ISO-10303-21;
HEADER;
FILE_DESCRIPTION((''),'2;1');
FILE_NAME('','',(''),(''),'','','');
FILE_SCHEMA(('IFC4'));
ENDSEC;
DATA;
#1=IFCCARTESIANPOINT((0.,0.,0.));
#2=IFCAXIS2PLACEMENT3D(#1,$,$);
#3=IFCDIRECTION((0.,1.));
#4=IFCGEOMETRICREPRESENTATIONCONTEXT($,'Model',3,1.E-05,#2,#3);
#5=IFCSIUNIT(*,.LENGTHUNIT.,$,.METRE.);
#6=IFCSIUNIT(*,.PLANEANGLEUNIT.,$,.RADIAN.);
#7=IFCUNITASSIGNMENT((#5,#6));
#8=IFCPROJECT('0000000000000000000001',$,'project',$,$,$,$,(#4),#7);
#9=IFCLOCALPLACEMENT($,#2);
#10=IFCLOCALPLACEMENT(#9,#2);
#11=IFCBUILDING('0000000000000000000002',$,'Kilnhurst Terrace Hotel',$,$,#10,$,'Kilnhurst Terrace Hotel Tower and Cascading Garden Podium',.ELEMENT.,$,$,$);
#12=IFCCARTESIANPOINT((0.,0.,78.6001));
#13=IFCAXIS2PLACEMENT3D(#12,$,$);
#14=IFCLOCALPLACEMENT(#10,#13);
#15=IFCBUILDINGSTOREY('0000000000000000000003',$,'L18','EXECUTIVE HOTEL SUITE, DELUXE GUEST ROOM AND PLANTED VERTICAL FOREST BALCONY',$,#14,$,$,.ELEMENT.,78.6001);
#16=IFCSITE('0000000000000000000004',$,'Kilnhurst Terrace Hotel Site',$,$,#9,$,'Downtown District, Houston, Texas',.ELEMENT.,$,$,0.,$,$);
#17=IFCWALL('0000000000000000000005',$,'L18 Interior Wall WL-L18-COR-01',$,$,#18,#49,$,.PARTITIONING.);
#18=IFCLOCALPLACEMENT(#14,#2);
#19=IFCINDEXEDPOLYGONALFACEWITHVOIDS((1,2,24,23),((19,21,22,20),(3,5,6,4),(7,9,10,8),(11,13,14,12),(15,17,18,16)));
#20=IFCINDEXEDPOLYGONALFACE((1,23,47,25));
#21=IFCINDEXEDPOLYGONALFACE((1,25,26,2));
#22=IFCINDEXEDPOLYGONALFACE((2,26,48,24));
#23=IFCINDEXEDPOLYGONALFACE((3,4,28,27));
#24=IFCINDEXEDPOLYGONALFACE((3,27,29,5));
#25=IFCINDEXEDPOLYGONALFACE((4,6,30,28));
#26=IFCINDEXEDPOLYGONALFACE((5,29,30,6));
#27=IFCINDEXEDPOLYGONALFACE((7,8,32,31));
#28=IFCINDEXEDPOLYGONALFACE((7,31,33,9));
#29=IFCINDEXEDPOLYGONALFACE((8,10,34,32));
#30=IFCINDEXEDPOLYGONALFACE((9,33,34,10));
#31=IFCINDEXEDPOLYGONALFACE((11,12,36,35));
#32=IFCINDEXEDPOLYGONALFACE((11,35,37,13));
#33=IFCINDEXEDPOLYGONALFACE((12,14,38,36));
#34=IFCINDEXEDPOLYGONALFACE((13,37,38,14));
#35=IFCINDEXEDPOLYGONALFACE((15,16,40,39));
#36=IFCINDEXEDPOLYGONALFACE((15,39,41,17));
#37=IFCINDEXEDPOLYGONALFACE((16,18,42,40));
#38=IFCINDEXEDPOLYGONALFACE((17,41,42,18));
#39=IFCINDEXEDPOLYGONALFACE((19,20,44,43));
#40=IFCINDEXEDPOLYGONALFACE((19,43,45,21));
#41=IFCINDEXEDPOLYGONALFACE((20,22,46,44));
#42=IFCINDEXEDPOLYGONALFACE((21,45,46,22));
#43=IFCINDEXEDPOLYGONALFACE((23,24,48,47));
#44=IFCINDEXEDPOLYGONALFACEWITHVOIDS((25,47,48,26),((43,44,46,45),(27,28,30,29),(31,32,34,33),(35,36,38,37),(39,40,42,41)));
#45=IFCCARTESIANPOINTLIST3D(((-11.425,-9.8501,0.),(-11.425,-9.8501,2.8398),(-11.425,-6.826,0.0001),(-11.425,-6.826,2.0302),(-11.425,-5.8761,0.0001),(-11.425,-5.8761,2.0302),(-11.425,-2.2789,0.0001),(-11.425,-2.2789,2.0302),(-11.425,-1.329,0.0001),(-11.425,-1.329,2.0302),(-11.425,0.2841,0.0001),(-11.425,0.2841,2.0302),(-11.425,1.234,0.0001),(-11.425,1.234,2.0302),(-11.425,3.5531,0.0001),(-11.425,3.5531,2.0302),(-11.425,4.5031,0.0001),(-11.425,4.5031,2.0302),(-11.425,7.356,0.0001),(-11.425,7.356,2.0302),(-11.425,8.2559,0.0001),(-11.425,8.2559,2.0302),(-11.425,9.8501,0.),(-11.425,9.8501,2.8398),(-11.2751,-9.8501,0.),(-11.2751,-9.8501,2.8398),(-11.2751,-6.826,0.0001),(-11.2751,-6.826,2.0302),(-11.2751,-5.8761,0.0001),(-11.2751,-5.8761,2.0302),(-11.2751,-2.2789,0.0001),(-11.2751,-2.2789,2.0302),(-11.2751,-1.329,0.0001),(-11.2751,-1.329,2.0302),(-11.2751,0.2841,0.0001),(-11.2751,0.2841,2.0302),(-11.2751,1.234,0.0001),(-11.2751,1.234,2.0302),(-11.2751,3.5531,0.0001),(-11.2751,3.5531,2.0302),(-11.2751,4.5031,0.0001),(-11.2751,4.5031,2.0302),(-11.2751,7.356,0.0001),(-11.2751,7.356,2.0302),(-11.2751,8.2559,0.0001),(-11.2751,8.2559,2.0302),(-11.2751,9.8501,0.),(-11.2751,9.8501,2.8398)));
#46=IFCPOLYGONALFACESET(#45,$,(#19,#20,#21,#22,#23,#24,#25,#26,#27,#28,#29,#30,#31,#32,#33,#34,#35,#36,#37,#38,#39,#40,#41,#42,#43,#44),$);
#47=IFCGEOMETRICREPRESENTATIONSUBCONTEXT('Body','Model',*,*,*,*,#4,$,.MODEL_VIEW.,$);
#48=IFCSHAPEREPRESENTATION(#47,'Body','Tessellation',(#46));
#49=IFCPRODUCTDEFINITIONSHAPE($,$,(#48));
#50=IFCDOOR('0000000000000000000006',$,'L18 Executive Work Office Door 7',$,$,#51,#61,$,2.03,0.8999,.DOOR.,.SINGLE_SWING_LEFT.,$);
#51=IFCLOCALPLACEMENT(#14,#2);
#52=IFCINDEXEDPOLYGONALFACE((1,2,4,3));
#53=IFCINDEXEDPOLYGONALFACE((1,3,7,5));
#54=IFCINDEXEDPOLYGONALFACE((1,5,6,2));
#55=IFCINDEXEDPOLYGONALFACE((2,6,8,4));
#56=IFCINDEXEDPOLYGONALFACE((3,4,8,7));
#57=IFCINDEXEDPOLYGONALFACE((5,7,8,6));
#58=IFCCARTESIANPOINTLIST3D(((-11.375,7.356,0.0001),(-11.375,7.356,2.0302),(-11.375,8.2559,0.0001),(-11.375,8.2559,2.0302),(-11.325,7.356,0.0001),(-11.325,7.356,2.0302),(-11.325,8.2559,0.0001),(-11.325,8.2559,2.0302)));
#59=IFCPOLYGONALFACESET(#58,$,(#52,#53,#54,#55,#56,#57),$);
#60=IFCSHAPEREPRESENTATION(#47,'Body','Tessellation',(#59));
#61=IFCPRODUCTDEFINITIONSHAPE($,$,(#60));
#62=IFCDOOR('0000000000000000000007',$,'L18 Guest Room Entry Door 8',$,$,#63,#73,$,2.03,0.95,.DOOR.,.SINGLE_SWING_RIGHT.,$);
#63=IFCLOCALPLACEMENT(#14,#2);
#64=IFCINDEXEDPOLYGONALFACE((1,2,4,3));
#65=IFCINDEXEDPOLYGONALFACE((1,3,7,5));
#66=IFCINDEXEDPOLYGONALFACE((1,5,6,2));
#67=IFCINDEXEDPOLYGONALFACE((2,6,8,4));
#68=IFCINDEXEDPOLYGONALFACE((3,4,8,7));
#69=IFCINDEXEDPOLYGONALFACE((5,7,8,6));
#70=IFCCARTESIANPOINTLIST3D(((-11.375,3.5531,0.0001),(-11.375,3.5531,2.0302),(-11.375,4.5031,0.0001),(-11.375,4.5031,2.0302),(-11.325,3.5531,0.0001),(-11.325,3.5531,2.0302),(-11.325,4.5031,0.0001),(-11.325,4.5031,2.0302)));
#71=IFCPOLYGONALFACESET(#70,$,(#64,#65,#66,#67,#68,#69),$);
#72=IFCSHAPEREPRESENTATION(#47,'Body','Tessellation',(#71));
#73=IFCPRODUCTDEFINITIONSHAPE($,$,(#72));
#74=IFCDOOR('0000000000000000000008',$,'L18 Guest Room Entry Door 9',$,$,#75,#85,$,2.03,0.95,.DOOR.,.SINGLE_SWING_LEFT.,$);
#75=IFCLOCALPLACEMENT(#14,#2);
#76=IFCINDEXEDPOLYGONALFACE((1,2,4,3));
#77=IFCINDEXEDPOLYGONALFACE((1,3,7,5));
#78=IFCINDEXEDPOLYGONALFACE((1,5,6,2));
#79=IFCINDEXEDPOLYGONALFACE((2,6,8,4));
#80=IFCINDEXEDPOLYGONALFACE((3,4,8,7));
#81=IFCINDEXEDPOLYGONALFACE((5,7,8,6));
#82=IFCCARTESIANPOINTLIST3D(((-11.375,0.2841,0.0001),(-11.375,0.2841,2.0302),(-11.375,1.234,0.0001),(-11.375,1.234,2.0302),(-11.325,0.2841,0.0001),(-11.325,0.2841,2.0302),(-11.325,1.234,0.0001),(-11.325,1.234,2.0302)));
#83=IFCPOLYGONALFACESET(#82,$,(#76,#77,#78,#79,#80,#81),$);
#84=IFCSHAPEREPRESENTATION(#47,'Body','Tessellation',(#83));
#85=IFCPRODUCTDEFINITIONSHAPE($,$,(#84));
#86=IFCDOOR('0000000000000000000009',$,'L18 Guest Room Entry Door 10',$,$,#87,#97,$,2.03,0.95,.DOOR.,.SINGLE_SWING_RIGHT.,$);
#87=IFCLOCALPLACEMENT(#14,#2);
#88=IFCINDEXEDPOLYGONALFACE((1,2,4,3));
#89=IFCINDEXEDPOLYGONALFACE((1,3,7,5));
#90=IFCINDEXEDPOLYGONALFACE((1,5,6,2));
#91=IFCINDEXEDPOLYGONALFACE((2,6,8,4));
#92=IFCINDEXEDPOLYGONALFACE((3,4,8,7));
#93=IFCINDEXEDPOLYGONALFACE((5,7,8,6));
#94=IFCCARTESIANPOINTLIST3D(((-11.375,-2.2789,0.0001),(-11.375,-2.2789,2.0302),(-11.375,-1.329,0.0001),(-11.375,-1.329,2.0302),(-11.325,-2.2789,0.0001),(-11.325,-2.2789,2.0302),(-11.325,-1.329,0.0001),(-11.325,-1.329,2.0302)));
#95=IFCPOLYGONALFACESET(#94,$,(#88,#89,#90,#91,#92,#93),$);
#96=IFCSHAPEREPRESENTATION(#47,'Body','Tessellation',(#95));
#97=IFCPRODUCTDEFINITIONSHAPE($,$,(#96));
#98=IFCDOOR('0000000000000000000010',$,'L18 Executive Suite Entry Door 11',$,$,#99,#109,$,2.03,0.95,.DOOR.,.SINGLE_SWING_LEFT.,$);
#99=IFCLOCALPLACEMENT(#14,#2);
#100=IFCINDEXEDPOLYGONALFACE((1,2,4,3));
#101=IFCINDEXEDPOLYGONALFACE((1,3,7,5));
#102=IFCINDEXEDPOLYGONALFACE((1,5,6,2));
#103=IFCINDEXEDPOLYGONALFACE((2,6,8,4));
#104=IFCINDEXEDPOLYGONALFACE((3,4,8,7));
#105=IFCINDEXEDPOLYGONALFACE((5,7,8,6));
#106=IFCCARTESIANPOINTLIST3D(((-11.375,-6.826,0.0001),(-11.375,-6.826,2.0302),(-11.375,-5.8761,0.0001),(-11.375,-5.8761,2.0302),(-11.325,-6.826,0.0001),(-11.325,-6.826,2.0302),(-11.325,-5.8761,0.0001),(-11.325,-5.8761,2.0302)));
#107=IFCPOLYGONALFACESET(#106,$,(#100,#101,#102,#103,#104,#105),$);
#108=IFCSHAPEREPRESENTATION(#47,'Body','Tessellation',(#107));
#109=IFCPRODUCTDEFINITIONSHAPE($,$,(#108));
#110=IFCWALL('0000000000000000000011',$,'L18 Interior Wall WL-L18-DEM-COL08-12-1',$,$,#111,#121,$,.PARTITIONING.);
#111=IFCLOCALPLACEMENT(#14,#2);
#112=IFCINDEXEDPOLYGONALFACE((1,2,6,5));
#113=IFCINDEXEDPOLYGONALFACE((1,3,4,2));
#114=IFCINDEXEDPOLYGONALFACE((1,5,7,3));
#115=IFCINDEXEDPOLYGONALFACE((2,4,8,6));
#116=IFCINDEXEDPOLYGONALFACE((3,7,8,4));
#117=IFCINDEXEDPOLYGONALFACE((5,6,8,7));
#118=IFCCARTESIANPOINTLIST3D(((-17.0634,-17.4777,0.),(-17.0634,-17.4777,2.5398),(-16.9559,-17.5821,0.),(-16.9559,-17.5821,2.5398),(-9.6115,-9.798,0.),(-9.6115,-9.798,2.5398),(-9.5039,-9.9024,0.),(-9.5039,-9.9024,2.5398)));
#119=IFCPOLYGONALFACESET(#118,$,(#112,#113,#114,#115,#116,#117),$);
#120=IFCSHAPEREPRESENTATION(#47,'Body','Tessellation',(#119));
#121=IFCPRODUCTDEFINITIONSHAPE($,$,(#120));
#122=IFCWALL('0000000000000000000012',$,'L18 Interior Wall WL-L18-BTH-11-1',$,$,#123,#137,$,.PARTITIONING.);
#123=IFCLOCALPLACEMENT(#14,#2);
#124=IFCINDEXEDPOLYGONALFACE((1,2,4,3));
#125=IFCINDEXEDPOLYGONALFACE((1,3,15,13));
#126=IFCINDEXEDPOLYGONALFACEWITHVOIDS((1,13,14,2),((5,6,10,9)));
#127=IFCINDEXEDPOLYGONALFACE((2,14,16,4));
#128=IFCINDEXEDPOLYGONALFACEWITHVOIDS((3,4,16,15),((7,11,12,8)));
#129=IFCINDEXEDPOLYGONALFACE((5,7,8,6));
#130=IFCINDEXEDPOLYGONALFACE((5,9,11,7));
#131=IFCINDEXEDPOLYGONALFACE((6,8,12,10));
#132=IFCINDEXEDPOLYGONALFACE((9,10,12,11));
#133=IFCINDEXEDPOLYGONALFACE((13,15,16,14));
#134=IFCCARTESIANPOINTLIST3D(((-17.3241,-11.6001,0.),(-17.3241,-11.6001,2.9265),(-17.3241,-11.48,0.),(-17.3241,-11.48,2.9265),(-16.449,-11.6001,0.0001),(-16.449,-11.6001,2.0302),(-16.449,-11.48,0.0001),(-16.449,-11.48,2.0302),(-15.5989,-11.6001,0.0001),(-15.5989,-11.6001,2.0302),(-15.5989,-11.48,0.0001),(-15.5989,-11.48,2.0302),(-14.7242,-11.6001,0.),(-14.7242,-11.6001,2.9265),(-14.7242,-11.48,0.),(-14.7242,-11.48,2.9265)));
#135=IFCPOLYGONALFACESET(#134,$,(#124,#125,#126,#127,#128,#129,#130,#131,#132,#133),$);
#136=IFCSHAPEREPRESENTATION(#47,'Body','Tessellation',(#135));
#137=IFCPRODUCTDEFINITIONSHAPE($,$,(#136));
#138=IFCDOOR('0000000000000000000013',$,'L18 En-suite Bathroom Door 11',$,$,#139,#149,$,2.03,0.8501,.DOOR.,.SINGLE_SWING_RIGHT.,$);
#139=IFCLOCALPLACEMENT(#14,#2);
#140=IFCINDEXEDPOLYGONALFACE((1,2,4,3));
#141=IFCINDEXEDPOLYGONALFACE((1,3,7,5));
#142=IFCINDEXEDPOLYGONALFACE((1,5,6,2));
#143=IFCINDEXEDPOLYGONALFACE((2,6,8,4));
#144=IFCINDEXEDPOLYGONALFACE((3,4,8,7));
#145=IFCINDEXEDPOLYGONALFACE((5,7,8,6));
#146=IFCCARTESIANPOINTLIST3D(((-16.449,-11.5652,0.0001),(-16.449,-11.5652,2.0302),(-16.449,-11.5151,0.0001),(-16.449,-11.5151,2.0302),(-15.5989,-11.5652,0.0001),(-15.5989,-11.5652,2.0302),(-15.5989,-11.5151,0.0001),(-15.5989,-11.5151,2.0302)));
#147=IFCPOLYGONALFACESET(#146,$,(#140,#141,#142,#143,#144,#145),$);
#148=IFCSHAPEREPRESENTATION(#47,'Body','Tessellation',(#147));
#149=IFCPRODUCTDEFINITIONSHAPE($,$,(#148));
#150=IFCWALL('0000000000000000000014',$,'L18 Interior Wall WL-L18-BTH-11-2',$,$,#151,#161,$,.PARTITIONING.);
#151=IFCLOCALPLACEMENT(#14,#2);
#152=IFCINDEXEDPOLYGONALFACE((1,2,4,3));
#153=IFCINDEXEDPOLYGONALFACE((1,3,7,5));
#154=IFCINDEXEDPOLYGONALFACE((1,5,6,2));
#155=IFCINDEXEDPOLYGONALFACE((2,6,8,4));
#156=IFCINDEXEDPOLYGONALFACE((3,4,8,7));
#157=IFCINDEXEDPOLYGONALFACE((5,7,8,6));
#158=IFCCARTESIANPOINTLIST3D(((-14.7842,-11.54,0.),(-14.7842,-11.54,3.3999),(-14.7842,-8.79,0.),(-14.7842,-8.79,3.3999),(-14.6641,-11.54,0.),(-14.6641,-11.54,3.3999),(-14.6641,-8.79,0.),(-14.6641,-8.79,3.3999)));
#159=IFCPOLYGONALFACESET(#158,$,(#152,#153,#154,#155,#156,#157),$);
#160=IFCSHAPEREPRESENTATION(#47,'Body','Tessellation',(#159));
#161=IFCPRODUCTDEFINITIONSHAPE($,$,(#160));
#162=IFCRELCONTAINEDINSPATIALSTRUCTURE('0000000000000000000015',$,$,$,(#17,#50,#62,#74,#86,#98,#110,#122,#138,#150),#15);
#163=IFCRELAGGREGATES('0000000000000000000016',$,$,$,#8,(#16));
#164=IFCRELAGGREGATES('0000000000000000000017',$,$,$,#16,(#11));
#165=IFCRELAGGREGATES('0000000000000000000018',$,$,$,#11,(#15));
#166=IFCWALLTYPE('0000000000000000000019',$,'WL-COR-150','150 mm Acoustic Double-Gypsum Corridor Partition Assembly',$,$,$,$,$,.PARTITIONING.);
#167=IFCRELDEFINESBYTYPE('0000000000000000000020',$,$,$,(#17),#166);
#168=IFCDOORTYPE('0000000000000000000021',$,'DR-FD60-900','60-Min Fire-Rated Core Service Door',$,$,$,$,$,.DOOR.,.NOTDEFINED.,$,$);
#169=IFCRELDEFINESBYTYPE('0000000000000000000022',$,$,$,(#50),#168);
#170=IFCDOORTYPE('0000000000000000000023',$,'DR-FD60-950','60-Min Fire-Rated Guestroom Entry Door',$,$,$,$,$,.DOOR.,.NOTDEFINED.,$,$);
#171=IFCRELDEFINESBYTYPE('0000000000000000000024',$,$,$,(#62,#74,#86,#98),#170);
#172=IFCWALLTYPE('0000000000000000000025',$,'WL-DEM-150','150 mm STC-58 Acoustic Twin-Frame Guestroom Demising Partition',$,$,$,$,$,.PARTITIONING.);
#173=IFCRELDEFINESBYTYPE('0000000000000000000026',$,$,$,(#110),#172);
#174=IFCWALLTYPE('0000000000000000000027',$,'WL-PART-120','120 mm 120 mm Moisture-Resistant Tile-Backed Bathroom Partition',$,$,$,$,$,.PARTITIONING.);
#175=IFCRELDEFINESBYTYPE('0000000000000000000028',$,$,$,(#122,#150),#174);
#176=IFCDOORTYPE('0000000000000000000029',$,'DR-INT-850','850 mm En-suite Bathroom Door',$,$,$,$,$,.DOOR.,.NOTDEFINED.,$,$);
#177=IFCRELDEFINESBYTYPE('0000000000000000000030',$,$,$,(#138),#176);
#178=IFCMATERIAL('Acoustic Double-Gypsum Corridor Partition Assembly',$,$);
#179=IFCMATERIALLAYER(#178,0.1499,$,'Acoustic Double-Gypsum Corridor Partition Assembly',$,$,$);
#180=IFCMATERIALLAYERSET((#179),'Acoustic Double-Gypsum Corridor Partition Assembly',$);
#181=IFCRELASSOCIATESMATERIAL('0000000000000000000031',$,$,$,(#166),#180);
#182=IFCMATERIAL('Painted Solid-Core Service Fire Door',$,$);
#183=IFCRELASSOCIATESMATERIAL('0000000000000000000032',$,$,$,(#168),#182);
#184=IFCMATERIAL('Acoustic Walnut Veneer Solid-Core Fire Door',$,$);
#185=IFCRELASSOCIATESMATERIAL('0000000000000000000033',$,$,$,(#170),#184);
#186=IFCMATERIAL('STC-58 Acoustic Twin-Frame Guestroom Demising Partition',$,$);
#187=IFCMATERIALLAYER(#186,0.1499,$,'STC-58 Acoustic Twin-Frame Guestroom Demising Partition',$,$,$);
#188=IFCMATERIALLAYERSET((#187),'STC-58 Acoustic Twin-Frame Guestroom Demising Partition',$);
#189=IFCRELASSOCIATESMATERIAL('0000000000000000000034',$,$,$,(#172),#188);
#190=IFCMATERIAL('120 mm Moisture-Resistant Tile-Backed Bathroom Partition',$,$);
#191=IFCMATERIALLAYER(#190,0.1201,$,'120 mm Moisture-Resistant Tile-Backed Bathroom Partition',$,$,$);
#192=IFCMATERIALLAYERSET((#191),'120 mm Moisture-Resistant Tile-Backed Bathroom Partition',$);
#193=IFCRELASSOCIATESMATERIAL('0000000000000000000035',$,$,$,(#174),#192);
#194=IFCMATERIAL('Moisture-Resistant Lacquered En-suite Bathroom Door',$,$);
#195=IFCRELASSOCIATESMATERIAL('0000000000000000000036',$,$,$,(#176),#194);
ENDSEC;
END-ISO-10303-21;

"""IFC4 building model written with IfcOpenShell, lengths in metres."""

from ifc_helpers import new_model, si_unit, direction, frame, frame_2d, origin, place, context, subcontext, project, spatial, rectangle, extrude, material, layer, layer_set, type_object, element, fill, save


model = new_model("IFC4")

# Units and contexts
model_context = context("Model", 3, precision=1e-05, world=origin(), true_north=direction((0.0, 1.0)))
body_context = subcontext(model_context, "Body", "Model", "MODEL_VIEW")
ifc_project = project(units=[si_unit("LENGTHUNIT", "METRE"), si_unit("PLANEANGLEUNIT", "RADIAN")], contexts=[model_context])

# Site, building, storey
site_placement = place(None, origin())
site = spatial("IfcSite", under=ifc_project, at=site_placement, Name="Kilnhurst Terrace Hotel Site", LongName="Downtown District, Houston, Texas", CompositionType="ELEMENT", RefElevation=0.0)
building_placement = place(site_placement, origin())
building = spatial("IfcBuilding", under=site, at=building_placement, Name="Kilnhurst Terrace Hotel", LongName="Kilnhurst Terrace Hotel Tower and Cascading Garden Podium", CompositionType="ELEMENT")
storey_placement = place(building_placement, frame((0.0, 0.0, 78.6001)))
storey = spatial("IfcBuildingStorey", under=building, at=storey_placement, Name="L18", Description="EXECUTIVE HOTEL SUITE, DELUXE GUEST ROOM AND PLANTED VERTICAL FOREST BALCONY", CompositionType="ELEMENT", Elevation=78.6001)

# Wall, openings, doors
ifc_material_1 = material(Name="Acoustic Double-Gypsum Corridor Partition Assembly")
ifc_layer_1 = layer(ifc_material_1, 0.1499, Name="Acoustic Double-Gypsum Corridor Partition Assembly")
ifc_layer_set_1 = layer_set([ifc_layer_1], Name="Acoustic Double-Gypsum Corridor Partition Assembly")
wall_type_1 = type_object("IfcWallType", Name="WL-COR-150", Description="150 mm Acoustic Double-Gypsum Corridor Partition Assembly", PredefinedType="PARTITIONING", material=ifc_layer_set_1)
wall_1_placement = place(storey_placement, frame((-11.3501, -9.8501, 0.0), z_axis=(0.0, 0.0, 1.0), x_axis=(0.0, 1.0, 0.0)))
wall_1 = element("IfcWall", 1, at=wall_1_placement, inside=storey, type_object=wall_type_1, Name="L18 Interior Wall WL-L18-COR-01", PredefinedType="PARTITIONING", context=body_context, shape_type="SweptSolid", body=[
    extrude(rectangle(XDim=19.7002, YDim=0.1499, at=frame_2d((9.8501, 0.0))), origin(), (0.0, 0.0, 1.0), 2.8398),
])
opening_1_placement = place(wall_1_placement, frame((17.2061, 0.0, 0.0)))
opening_1 = element("IfcOpeningElement", 2, at=opening_1_placement, cuts=wall_1, PredefinedType="OPENING", context=body_context, shape_type="SweptSolid", body=[
    extrude(rectangle(XDim=0.8999, YDim=2.03, at=frame_2d((0.45, 1.0151))), frame((0.0, 0.085, 0.0), z_axis=(0.0, -1.0, 0.0), x_axis=(1.0, 0.0, 0.0)), (0.0, 0.0, 1.0), 0.1699),
])
opening_2_placement = place(wall_1_placement, frame((13.4031, 0.0, 0.0)))
opening_2 = element("IfcOpeningElement", 3, at=opening_2_placement, cuts=wall_1, PredefinedType="OPENING", context=body_context, shape_type="SweptSolid", body=[
    extrude(rectangle(XDim=0.95, YDim=2.03, at=frame_2d((0.4751, 1.0151))), frame((0.0, 0.085, 0.0), z_axis=(0.0, -1.0, 0.0), x_axis=(1.0, 0.0, 0.0)), (0.0, 0.0, 1.0), 0.1699),
])
opening_3_placement = place(wall_1_placement, frame((10.134, 0.0, 0.0)))
opening_3 = element("IfcOpeningElement", 4, at=opening_3_placement, cuts=wall_1, PredefinedType="OPENING", context=body_context, shape_type="SweptSolid", body=[
    extrude(rectangle(XDim=0.95, YDim=2.03, at=frame_2d((0.4751, 1.0151))), frame((0.0, 0.085, 0.0), z_axis=(0.0, -1.0, 0.0), x_axis=(1.0, 0.0, 0.0)), (0.0, 0.0, 1.0), 0.1699),
])
opening_4_placement = place(wall_1_placement, frame((7.571, 0.0, 0.0)))
opening_4 = element("IfcOpeningElement", 5, at=opening_4_placement, cuts=wall_1, PredefinedType="OPENING", context=body_context, shape_type="SweptSolid", body=[
    extrude(rectangle(XDim=0.95, YDim=2.03, at=frame_2d((0.4751, 1.0151))), frame((0.0, 0.085, 0.0), z_axis=(0.0, -1.0, 0.0), x_axis=(1.0, 0.0, 0.0)), (0.0, 0.0, 1.0), 0.1699),
])
opening_5_placement = place(wall_1_placement, frame((3.0239, 0.0, 0.0)))
opening_5 = element("IfcOpeningElement", 6, at=opening_5_placement, cuts=wall_1, PredefinedType="OPENING", context=body_context, shape_type="SweptSolid", body=[
    extrude(rectangle(XDim=0.95, YDim=2.03, at=frame_2d((0.4751, 1.0151))), frame((0.0, 0.085, 0.0), z_axis=(0.0, -1.0, 0.0), x_axis=(1.0, 0.0, 0.0)), (0.0, 0.0, 1.0), 0.1699),
])
ifc_material_2 = material(Name="Painted Solid-Core Service Fire Door")
door_type_1 = type_object("IfcDoorType", Name="DR-FD60-900", Description="60-Min Fire-Rated Core Service Door", OperationType="NOTDEFINED", PredefinedType="DOOR", material=ifc_material_2)
door_1_placement = place(opening_1_placement, origin())
door_1 = element("IfcDoor", 7, at=door_1_placement, inside=storey, type_object=door_type_1, Name="L18 Executive Work Office Door 7", OperationType="SINGLE_SWING_LEFT", OverallHeight=2.03, OverallWidth=0.8999, PredefinedType="DOOR", context=body_context, shape_type="SweptSolid", body=[
    extrude(rectangle(XDim=0.8999, YDim=2.03, at=frame_2d((0.45, 1.0151))), frame((0.0, 0.0249, 0.0), z_axis=(0.0, -1.0, 0.0), x_axis=(1.0, 0.0, 0.0)), (0.0, 0.0, 1.0), 0.05),
])
fill(opening_1, door_1)
ifc_material_3 = material(Name="Acoustic Walnut Veneer Solid-Core Fire Door")
door_type_2 = type_object("IfcDoorType", Name="DR-FD60-950", Description="60-Min Fire-Rated Guestroom Entry Door", OperationType="NOTDEFINED", PredefinedType="DOOR", material=ifc_material_3)
door_2_placement = place(opening_2_placement, origin())
door_2 = element("IfcDoor", 8, at=door_2_placement, inside=storey, type_object=door_type_2, Name="L18 Guest Room Entry Door 8", OperationType="SINGLE_SWING_RIGHT", OverallHeight=2.03, OverallWidth=0.95, PredefinedType="DOOR", context=body_context, shape_type="SweptSolid", body=[
    extrude(rectangle(XDim=0.95, YDim=2.03, at=frame_2d((0.4751, 1.0151))), frame((0.0, 0.0249, 0.0), z_axis=(0.0, -1.0, 0.0), x_axis=(1.0, 0.0, 0.0)), (0.0, 0.0, 1.0), 0.05),
])
fill(opening_2, door_2)
door_3_placement = place(opening_3_placement, origin())
door_3 = element("IfcDoor", 9, at=door_3_placement, inside=storey, type_object=door_type_2, Name="L18 Guest Room Entry Door 9", OperationType="SINGLE_SWING_LEFT", OverallHeight=2.03, OverallWidth=0.95, PredefinedType="DOOR", context=body_context, shape_type="SweptSolid", body=[
    extrude(rectangle(XDim=0.95, YDim=2.03, at=frame_2d((0.4751, 1.0151))), frame((0.0, 0.0249, 0.0), z_axis=(0.0, -1.0, 0.0), x_axis=(1.0, 0.0, 0.0)), (0.0, 0.0, 1.0), 0.05),
])
fill(opening_3, door_3)
door_4_placement = place(opening_4_placement, origin())
door_4 = element("IfcDoor", 10, at=door_4_placement, inside=storey, type_object=door_type_2, Name="L18 Guest Room Entry Door 10", OperationType="SINGLE_SWING_RIGHT", OverallHeight=2.03, OverallWidth=0.95, PredefinedType="DOOR", context=body_context, shape_type="SweptSolid", body=[
    extrude(rectangle(XDim=0.95, YDim=2.03, at=frame_2d((0.4751, 1.0151))), frame((0.0, 0.0249, 0.0), z_axis=(0.0, -1.0, 0.0), x_axis=(1.0, 0.0, 0.0)), (0.0, 0.0, 1.0), 0.05),
])
fill(opening_4, door_4)
door_5_placement = place(opening_5_placement, origin())
door_5 = element("IfcDoor", 11, at=door_5_placement, inside=storey, type_object=door_type_2, Name="L18 Executive Suite Entry Door 11", OperationType="SINGLE_SWING_LEFT", OverallHeight=2.03, OverallWidth=0.95, PredefinedType="DOOR", context=body_context, shape_type="SweptSolid", body=[
    extrude(rectangle(XDim=0.95, YDim=2.03, at=frame_2d((0.4751, 1.0151))), frame((0.0, 0.0249, 0.0), z_axis=(0.0, -1.0, 0.0), x_axis=(1.0, 0.0, 0.0)), (0.0, 0.0, 1.0), 0.05),
])
fill(opening_5, door_5)

# Wall
ifc_material_4 = material(Name="STC-58 Acoustic Twin-Frame Guestroom Demising Partition")
ifc_layer_2 = layer(ifc_material_4, 0.1499, Name="STC-58 Acoustic Twin-Frame Guestroom Demising Partition")
ifc_layer_set_2 = layer_set([ifc_layer_2], Name="STC-58 Acoustic Twin-Frame Guestroom Demising Partition")
wall_type_2 = type_object("IfcWallType", Name="WL-DEM-150", Description="150 mm STC-58 Acoustic Twin-Frame Guestroom Demising Partition", PredefinedType="PARTITIONING", material=ifc_layer_set_2)
wall_2_placement = place(storey_placement, frame((-9.5576, -9.8501, 0.0), z_axis=(0.0, 0.0, 1.0), x_axis=(-0.696383, -0.71767, 0.0)))
element("IfcWall", 12, at=wall_2_placement, inside=storey, type_object=wall_type_2, Name="L18 Interior Wall WL-L18-DEM-COL08-12-1", PredefinedType="PARTITIONING", context=body_context, shape_type="SweptSolid", body=[
    extrude(rectangle(XDim=10.7009, YDim=0.1499, at=frame_2d((5.3506, 0.0))), origin(), (0.0, 0.0, 1.0), 2.5398),
])

# Wall, opening, door
ifc_material_5 = material(Name="120 mm Moisture-Resistant Tile-Backed Bathroom Partition")
ifc_layer_3 = layer(ifc_material_5, 0.1201, Name="120 mm Moisture-Resistant Tile-Backed Bathroom Partition")
ifc_layer_set_3 = layer_set([ifc_layer_3], Name="120 mm Moisture-Resistant Tile-Backed Bathroom Partition")
wall_type_3 = type_object("IfcWallType", Name="WL-PART-120", Description="120 mm 120 mm Moisture-Resistant Tile-Backed Bathroom Partition", PredefinedType="PARTITIONING", material=ifc_layer_set_3)
wall_3_placement = place(storey_placement, frame((-17.324, -11.54, 0.0), z_axis=(0.0, 0.0, 1.0), x_axis=(1.0, 0.0, 0.0)))
wall_3 = element("IfcWall", 13, at=wall_3_placement, inside=storey, type_object=wall_type_3, Name="L18 Interior Wall WL-L18-BTH-11-1", PredefinedType="PARTITIONING", context=body_context, shape_type="SweptSolid", body=[
    extrude(rectangle(XDim=2.5999, YDim=0.1201, at=frame_2d((1.2998, 0.0))), origin(), (0.0, 0.0, 1.0), 2.9265),
])
opening_6_placement = place(wall_3_placement, frame((0.875, 0.0, 0.0)))
opening_6 = element("IfcOpeningElement", 14, at=opening_6_placement, cuts=wall_3, PredefinedType="OPENING", context=body_context, shape_type="SweptSolid", body=[
    extrude(rectangle(XDim=0.8501, YDim=2.03, at=frame_2d((0.425, 1.0151))), frame((0.0, 0.0701, 0.0), z_axis=(0.0, -1.0, 0.0), x_axis=(1.0, 0.0, 0.0)), (0.0, 0.0, 1.0), 0.1401),
])
ifc_material_6 = material(Name="Moisture-Resistant Lacquered En-suite Bathroom Door")
door_type_3 = type_object("IfcDoorType", Name="DR-INT-850", Description="850 mm En-suite Bathroom Door", OperationType="NOTDEFINED", PredefinedType="DOOR", material=ifc_material_6)
door_6_placement = place(opening_6_placement, origin())
door_6 = element("IfcDoor", 15, at=door_6_placement, inside=storey, type_object=door_type_3, Name="L18 En-suite Bathroom Door 11", OperationType="SINGLE_SWING_RIGHT", OverallHeight=2.03, OverallWidth=0.8501, PredefinedType="DOOR", context=body_context, shape_type="SweptSolid", body=[
    extrude(rectangle(XDim=0.8501, YDim=2.03, at=frame_2d((0.425, 1.0151))), frame((0.0, 0.0249, 0.0), z_axis=(0.0, -1.0, 0.0), x_axis=(1.0, 0.0, 0.0)), (0.0, 0.0, 1.0), 0.05),
])
fill(opening_6, door_6)

# Wall
wall_4_placement = place(storey_placement, frame((-14.7241, -11.54, 0.0), z_axis=(0.0, 0.0, 1.0), x_axis=(0.0, 1.0, 0.0)))
element("IfcWall", 16, at=wall_4_placement, inside=storey, type_object=wall_type_3, Name="L18 Interior Wall WL-L18-BTH-11-2", PredefinedType="PARTITIONING", context=body_context, shape_type="SweptSolid", body=[
    extrude(rectangle(XDim=2.75, YDim=0.1201, at=frame_2d((1.375, 0.0))), origin(), (0.0, 0.0, 1.0), 3.3999),
])

save(model, "model.ifc")
